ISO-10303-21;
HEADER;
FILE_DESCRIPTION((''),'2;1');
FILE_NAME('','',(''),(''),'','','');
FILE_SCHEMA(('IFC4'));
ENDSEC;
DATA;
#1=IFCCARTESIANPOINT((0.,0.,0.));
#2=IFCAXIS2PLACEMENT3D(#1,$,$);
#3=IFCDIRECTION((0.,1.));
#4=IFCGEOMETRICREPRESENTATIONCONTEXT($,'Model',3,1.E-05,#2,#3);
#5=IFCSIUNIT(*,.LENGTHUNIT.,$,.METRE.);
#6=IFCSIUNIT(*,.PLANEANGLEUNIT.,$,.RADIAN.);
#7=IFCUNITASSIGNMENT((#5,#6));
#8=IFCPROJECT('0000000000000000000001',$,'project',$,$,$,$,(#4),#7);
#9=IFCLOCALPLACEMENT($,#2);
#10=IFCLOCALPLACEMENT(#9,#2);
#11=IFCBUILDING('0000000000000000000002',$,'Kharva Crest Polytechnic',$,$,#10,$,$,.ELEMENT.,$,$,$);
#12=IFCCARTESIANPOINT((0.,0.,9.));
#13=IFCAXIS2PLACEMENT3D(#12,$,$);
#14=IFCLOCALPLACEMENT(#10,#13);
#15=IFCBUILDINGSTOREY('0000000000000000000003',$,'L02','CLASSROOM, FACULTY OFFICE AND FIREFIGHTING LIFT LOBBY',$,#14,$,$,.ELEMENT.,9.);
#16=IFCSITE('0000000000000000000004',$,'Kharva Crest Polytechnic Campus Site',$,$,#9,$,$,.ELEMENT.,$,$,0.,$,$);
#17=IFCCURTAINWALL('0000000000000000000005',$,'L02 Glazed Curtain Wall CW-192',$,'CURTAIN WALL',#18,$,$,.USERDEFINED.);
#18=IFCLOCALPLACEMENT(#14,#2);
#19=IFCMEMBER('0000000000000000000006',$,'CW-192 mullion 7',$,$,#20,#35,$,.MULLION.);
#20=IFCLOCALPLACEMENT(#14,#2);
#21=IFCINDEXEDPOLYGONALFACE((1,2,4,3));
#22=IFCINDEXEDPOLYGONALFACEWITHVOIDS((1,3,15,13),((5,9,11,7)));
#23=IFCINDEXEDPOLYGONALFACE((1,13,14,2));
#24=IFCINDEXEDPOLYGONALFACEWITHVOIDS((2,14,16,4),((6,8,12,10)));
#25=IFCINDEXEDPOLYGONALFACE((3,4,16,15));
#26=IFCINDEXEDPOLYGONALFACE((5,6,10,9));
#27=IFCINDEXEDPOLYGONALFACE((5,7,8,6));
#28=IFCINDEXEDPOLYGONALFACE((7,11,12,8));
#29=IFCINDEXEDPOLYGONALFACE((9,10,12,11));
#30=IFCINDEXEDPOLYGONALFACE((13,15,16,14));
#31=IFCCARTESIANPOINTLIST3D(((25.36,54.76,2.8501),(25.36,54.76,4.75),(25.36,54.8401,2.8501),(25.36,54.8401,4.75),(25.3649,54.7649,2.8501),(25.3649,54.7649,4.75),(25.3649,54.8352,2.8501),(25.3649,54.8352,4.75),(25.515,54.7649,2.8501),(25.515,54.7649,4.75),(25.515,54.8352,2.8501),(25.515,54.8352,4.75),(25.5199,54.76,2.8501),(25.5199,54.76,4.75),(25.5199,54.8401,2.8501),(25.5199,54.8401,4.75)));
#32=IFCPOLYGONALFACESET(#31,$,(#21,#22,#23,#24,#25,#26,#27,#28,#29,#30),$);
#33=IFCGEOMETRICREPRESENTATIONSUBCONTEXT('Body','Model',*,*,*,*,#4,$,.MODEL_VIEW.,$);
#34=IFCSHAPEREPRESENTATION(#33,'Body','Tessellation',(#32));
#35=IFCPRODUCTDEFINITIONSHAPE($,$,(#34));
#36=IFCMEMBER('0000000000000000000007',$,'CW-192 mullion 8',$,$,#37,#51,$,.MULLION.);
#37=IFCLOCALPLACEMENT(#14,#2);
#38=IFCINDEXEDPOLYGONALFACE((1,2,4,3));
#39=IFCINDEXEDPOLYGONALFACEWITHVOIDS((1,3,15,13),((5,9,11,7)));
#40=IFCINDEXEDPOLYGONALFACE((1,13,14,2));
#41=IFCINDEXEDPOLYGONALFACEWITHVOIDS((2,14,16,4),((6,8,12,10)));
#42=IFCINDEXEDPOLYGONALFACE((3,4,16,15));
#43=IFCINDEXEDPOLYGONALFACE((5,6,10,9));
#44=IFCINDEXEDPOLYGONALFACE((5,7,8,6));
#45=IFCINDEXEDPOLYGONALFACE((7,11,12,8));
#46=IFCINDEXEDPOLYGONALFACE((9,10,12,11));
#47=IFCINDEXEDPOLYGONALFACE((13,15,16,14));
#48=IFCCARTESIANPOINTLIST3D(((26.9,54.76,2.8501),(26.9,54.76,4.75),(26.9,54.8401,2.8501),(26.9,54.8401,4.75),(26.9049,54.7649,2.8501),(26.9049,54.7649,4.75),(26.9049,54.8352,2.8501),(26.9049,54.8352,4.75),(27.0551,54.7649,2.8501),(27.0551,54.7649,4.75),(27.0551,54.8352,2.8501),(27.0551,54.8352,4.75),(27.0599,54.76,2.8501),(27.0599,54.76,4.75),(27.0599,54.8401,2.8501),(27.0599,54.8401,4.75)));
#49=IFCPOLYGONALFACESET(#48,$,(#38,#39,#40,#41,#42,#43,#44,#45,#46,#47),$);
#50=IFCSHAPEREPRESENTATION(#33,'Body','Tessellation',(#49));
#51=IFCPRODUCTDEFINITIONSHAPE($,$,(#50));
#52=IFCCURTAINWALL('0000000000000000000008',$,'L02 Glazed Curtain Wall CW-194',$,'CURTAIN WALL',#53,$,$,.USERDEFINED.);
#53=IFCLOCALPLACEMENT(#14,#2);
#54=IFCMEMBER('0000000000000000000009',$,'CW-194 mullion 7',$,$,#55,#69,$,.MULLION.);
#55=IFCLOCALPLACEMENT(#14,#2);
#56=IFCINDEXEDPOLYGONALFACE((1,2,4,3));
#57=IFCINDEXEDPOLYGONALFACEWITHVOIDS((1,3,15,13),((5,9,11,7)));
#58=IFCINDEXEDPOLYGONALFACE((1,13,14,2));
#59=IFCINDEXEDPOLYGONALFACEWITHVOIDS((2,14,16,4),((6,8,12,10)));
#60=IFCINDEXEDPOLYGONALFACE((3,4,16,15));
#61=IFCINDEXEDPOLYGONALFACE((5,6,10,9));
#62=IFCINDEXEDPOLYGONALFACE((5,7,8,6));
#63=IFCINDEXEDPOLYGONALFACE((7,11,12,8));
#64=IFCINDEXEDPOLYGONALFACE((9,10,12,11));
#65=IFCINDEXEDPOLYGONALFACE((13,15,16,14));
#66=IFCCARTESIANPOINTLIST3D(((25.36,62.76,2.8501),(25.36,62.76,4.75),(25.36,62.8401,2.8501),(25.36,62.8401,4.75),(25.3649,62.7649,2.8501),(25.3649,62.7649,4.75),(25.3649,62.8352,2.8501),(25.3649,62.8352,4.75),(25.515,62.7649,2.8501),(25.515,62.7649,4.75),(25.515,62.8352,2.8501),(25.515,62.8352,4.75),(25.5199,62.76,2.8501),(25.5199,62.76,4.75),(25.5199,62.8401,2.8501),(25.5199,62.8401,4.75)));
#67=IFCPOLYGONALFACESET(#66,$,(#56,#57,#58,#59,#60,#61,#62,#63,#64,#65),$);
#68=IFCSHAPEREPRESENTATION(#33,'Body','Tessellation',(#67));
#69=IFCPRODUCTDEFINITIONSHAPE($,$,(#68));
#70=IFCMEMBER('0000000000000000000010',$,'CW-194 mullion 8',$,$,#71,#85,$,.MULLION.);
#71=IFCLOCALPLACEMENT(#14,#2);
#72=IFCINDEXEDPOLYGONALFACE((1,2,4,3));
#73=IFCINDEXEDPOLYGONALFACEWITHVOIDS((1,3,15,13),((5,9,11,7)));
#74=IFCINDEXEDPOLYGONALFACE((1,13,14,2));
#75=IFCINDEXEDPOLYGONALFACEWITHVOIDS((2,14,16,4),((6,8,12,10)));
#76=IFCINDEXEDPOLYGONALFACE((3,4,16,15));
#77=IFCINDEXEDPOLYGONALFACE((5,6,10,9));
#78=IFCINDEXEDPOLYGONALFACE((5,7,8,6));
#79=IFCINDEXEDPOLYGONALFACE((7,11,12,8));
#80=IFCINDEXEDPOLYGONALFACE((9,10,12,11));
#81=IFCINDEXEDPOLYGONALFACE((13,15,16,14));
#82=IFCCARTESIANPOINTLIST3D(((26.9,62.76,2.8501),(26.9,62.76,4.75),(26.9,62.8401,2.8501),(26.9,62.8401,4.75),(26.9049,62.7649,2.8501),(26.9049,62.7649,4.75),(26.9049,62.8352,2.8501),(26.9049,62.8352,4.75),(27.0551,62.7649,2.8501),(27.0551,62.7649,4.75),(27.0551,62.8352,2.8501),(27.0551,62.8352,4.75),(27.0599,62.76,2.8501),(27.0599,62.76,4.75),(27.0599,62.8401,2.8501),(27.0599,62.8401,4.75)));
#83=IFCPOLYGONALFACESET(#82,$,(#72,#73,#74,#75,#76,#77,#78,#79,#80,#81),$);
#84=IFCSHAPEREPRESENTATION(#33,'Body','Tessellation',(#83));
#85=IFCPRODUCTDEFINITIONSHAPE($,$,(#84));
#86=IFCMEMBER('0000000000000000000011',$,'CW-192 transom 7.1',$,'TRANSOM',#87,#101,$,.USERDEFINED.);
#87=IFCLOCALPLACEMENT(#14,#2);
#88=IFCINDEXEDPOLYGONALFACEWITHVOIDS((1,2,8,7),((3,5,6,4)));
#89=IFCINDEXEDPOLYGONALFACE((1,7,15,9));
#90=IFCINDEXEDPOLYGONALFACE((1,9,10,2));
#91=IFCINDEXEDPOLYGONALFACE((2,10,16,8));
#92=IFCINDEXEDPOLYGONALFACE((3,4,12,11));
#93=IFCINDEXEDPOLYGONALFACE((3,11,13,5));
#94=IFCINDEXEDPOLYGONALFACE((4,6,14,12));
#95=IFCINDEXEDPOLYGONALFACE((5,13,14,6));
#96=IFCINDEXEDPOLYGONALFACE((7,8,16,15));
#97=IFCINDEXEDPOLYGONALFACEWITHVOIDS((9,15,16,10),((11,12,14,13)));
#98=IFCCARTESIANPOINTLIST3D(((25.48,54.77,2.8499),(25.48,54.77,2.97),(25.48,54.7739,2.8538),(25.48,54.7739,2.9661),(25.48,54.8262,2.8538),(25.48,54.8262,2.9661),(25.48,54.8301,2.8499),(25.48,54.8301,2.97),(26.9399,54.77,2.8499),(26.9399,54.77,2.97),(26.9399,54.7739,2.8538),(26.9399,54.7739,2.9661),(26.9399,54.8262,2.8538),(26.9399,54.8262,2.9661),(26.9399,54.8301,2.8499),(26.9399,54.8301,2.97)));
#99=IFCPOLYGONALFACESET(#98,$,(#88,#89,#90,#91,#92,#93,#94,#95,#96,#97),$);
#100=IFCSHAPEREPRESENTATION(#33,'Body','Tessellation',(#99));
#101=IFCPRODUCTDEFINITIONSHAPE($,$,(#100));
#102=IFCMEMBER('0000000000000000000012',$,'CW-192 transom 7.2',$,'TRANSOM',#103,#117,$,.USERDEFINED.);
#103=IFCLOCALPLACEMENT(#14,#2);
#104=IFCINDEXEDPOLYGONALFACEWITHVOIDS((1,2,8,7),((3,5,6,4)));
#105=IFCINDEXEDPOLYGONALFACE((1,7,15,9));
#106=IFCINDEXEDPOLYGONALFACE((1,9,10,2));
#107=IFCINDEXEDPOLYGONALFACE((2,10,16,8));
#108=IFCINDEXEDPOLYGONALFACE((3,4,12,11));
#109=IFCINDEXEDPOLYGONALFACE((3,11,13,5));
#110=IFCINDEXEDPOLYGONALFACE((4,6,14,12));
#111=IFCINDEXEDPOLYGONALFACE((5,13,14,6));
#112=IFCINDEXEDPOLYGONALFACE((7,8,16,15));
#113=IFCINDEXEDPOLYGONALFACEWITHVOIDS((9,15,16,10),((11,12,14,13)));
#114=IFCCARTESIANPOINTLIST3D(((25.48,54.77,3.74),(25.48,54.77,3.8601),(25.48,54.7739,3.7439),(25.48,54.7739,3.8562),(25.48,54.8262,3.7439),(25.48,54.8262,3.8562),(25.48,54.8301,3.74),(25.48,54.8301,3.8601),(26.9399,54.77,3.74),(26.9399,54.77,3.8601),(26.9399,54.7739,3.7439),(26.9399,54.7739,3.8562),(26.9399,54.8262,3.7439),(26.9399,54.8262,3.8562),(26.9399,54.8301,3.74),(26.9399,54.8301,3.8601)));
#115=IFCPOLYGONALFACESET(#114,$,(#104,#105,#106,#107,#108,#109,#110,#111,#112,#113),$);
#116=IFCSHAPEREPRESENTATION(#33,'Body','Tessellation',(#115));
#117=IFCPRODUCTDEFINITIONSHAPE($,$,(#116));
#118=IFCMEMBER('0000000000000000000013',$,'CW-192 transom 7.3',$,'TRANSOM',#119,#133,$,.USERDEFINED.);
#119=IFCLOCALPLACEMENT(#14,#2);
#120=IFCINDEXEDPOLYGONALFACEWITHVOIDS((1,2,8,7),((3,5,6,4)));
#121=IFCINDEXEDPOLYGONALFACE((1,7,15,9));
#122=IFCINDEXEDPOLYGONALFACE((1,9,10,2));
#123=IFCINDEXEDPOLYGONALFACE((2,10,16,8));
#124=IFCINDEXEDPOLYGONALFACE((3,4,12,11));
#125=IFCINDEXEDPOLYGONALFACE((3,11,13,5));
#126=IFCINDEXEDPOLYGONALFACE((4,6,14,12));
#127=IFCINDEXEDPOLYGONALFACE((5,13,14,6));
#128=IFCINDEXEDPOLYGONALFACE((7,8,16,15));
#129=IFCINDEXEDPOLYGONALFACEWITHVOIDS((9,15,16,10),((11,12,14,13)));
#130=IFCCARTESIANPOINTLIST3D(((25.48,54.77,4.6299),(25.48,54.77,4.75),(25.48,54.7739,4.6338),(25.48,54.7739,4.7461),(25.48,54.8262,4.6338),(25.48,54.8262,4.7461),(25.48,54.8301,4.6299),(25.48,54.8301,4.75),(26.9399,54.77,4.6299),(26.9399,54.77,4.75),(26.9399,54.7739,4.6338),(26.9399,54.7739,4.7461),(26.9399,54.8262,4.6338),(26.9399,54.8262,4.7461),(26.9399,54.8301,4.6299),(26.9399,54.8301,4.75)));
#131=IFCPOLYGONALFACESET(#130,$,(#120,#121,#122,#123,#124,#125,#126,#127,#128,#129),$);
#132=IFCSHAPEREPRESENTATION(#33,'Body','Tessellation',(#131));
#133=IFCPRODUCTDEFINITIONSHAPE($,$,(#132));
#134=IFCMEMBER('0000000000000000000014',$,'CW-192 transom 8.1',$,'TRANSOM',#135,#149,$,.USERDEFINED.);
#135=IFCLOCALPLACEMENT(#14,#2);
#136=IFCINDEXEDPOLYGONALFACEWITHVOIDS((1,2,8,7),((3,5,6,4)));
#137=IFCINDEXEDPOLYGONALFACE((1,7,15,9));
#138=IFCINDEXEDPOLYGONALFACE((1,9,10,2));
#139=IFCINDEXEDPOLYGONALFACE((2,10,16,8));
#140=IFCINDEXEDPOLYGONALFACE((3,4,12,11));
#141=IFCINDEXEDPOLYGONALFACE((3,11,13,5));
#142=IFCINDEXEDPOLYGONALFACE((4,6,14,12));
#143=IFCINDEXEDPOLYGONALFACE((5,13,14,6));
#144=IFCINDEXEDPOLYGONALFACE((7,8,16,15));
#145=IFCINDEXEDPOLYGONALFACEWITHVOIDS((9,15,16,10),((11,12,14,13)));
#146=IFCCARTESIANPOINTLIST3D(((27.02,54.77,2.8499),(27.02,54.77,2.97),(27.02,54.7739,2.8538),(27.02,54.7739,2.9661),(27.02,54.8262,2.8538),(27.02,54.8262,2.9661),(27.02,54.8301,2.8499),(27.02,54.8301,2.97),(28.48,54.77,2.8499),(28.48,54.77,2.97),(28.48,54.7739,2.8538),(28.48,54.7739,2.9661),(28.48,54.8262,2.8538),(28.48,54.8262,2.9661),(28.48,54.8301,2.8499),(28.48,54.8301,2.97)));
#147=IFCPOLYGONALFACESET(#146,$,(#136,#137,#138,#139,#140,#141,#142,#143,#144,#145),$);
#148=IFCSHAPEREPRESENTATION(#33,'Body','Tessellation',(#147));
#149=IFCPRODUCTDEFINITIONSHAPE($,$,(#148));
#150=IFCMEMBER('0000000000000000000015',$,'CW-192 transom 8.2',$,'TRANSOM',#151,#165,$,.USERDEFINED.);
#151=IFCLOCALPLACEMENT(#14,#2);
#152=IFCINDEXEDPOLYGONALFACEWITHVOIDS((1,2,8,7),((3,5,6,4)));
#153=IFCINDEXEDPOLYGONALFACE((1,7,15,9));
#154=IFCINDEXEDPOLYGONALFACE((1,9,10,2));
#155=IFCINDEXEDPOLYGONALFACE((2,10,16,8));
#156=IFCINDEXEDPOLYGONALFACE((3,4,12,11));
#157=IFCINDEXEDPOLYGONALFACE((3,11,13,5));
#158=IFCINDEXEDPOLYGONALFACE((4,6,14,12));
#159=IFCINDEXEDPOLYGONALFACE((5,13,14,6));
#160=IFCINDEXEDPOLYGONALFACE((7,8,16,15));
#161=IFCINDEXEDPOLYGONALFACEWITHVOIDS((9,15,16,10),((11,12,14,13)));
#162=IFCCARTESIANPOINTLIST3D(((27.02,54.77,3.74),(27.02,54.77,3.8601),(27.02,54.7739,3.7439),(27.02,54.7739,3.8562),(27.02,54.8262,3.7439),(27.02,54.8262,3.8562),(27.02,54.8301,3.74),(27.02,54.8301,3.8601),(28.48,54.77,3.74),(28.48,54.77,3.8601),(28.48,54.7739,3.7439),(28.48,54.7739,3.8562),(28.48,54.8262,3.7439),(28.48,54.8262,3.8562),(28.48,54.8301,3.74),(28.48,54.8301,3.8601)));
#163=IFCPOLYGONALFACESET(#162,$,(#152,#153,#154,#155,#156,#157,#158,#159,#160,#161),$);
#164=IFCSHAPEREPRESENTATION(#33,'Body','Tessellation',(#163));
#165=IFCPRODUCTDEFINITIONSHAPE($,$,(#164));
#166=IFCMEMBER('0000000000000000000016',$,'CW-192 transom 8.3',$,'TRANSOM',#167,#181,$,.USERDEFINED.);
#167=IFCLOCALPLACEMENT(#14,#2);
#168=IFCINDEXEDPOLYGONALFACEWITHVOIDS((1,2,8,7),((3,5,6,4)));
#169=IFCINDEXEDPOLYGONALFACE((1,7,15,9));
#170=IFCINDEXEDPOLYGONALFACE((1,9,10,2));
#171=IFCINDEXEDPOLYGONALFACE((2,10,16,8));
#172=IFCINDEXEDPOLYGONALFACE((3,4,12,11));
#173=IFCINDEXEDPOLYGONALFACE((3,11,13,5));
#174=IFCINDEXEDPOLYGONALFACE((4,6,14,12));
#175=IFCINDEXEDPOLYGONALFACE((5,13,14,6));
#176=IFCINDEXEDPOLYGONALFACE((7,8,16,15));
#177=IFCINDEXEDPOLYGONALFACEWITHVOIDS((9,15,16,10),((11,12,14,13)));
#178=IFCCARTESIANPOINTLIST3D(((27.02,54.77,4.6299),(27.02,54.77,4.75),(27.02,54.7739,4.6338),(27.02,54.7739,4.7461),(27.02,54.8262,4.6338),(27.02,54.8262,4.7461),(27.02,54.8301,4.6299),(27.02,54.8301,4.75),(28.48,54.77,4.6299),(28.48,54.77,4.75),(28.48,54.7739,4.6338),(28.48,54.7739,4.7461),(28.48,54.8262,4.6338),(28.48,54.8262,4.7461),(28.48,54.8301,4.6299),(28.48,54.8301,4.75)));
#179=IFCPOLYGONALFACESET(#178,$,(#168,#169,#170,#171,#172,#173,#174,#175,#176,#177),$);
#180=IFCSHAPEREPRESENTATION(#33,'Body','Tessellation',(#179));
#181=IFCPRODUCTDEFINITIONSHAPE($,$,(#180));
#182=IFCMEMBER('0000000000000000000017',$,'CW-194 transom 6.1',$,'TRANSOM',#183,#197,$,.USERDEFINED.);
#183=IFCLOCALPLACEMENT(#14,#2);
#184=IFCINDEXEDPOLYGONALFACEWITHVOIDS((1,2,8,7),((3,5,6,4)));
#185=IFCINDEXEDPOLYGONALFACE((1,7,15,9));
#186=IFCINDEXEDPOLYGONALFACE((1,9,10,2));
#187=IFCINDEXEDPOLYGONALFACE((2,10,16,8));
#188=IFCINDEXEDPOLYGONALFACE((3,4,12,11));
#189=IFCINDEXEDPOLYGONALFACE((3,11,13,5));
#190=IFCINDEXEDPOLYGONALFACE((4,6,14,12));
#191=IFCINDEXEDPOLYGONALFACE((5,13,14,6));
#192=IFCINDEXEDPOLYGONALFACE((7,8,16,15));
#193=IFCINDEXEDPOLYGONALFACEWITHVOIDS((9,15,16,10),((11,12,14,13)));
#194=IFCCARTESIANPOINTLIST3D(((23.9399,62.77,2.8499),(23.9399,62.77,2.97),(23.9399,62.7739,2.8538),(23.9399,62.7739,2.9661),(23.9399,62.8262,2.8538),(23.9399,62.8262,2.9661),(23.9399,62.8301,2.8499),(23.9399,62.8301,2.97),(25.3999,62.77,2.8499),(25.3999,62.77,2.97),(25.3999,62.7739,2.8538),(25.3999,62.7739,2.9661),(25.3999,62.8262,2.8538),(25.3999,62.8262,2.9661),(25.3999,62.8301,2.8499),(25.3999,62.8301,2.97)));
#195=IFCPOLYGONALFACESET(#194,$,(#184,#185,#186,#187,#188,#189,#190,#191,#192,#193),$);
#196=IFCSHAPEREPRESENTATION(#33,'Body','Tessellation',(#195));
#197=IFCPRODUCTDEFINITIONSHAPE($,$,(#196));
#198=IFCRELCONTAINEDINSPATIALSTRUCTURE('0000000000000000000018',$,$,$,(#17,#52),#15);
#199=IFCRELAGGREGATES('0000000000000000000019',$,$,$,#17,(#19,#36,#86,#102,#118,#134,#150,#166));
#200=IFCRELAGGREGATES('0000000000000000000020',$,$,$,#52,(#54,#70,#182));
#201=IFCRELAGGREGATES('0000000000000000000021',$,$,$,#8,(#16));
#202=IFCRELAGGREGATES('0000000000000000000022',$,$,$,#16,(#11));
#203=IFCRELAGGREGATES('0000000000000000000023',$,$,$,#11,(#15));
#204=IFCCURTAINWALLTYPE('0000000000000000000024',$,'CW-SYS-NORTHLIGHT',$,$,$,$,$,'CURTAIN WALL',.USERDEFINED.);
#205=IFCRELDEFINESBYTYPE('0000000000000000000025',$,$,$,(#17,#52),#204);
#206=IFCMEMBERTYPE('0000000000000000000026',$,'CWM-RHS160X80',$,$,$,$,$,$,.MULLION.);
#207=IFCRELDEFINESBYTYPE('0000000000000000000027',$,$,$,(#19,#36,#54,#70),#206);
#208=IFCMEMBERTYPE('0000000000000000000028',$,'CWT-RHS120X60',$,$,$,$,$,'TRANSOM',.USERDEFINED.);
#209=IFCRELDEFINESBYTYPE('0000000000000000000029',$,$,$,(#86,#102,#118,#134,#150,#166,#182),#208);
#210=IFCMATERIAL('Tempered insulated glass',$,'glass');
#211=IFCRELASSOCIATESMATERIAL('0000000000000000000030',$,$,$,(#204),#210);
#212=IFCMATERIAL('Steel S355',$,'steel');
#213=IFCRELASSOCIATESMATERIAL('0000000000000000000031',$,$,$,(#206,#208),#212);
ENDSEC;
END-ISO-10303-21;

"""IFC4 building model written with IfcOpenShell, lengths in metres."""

from ifc_helpers import new_model, si_unit, direction, frame, origin, origin_2d, place, context, subcontext, project, spatial, hollow_rectangle, extrude, material, material_profile, profile_set, type_object, element, aggregate, save


model = new_model("IFC4")

# Units and contexts
model_context = context("Model", 3, precision=1e-05, world=origin(), true_north=direction((0.0, 1.0)))
body_context = subcontext(model_context, "Body", "Model", "MODEL_VIEW")
ifc_project = project(units=[si_unit("LENGTHUNIT", "METRE"), si_unit("PLANEANGLEUNIT", "RADIAN")], contexts=[model_context])

# Site, building, storey
site_placement = place(None, origin())
site = spatial("IfcSite", under=ifc_project, at=site_placement, Name="Kharva Crest Polytechnic Campus Site", CompositionType="ELEMENT", RefElevation=0.0)
building_placement = place(site_placement, origin())
building = spatial("IfcBuilding", under=site, at=building_placement, Name="Kharva Crest Polytechnic", CompositionType="ELEMENT")
storey_placement = place(building_placement, frame((0.0, 0.0, 9.0)))
storey = spatial("IfcBuildingStorey", under=building, at=storey_placement, Name="L02", Description="CLASSROOM, FACULTY OFFICE AND FIREFIGHTING LIFT LOBBY", CompositionType="ELEMENT", Elevation=9.0)

# Curtain walls, members
ifc_material_1 = material(Name="Tempered insulated glass", Category="glass")
curtain_wall_type = type_object("IfcCurtainWallType", Name="CW-SYS-NORTHLIGHT", ElementType="CURTAIN WALL", PredefinedType="USERDEFINED", material=ifc_material_1)
curtain_wall_1_placement = place(storey_placement, origin())
curtain_wall_1 = element("IfcCurtainWall", 1, at=curtain_wall_1_placement, inside=storey, type_object=curtain_wall_type, Name="L02 Glazed Curtain Wall CW-192", ObjectType="CURTAIN WALL", PredefinedType="USERDEFINED")
ifc_material_2 = material(Name="Steel S355", Category="steel")
ifc_material_profile_1 = material_profile(ifc_material_2, hollow_rectangle(XDim=0.0801, YDim=0.1599, WallThickness=0.0049, at=origin_2d()), Name="RHS 160X80X5.0")
ifc_profile_set_1 = profile_set([ifc_material_profile_1], Name="Steel S355")
member_type_1 = type_object("IfcMemberType", Name="CWM-RHS160X80", PredefinedType="MULLION", material=ifc_profile_set_1)
member_1_placement = place(storey_placement, frame((25.4399, 54.8, 2.8501), z_axis=(0.0, 0.0, 1.0), x_axis=(0.0, 1.0, 0.0)))
member_1 = element("IfcMember", 2, at=member_1_placement, type_object=member_type_1, Name="CW-192 mullion 7", PredefinedType="MULLION", context=body_context, shape_type="SweptSolid", body=[
    extrude(hollow_rectangle(XDim=0.0801, YDim=0.1599, WallThickness=0.0049, at=origin_2d()), origin(), (0.0, 0.0, 1.0), 1.8999),
])
member_2_placement = place(storey_placement, frame((26.98, 54.8, 2.8501), z_axis=(0.0, 0.0, 1.0), x_axis=(0.0, 1.0, 0.0)))
member_2 = element("IfcMember", 3, at=member_2_placement, type_object=member_type_1, Name="CW-192 mullion 8", PredefinedType="MULLION", context=body_context, shape_type="SweptSolid", body=[
    extrude(hollow_rectangle(XDim=0.0801, YDim=0.1599, WallThickness=0.0049, at=origin_2d()), origin(), (0.0, 0.0, 1.0), 1.8999),
])
curtain_wall_2_placement = place(storey_placement, origin())
curtain_wall_2 = element("IfcCurtainWall", 4, at=curtain_wall_2_placement, inside=storey, type_object=curtain_wall_type, Name="L02 Glazed Curtain Wall CW-194", ObjectType="CURTAIN WALL", PredefinedType="USERDEFINED")
member_3_placement = place(storey_placement, frame((25.4399, 62.8, 2.8501), z_axis=(0.0, 0.0, 1.0), x_axis=(0.0, 1.0, 0.0)))
member_3 = element("IfcMember", 5, at=member_3_placement, type_object=member_type_1, Name="CW-194 mullion 7", PredefinedType="MULLION", context=body_context, shape_type="SweptSolid", body=[
    extrude(hollow_rectangle(XDim=0.0801, YDim=0.1599, WallThickness=0.0049, at=origin_2d()), origin(), (0.0, 0.0, 1.0), 1.8999),
])
member_4_placement = place(storey_placement, frame((26.98, 62.8, 2.8501), z_axis=(0.0, 0.0, 1.0), x_axis=(0.0, 1.0, 0.0)))
member_4 = element("IfcMember", 6, at=member_4_placement, type_object=member_type_1, Name="CW-194 mullion 8", PredefinedType="MULLION", context=body_context, shape_type="SweptSolid", body=[
    extrude(hollow_rectangle(XDim=0.0801, YDim=0.1599, WallThickness=0.0049, at=origin_2d()), origin(), (0.0, 0.0, 1.0), 1.8999),
])

# Members
ifc_material_profile_2 = material_profile(ifc_material_2, hollow_rectangle(XDim=0.0601, YDim=0.1201, WallThickness=0.0039, at=origin_2d()), Name="RHS 120X60X4.0")
ifc_profile_set_2 = profile_set([ifc_material_profile_2], Name="Steel S355")
member_type_2 = type_object("IfcMemberType", Name="CWT-RHS120X60", ElementType="TRANSOM", PredefinedType="USERDEFINED", material=ifc_profile_set_2)
member_5_placement = place(storey_placement, frame((25.48, 54.8, 2.9099), z_axis=(1.0, 0.0, 0.0), x_axis=(0.0, 1.0, 0.0)))
member_5 = element("IfcMember", 7, at=member_5_placement, type_object=member_type_2, Name="CW-192 transom 7.1", ObjectType="TRANSOM", PredefinedType="USERDEFINED", context=body_context, shape_type="SweptSolid", body=[
    extrude(hollow_rectangle(XDim=0.0601, YDim=0.1201, WallThickness=0.0039, at=origin_2d()), origin(), (0.0, 0.0, 1.0), 1.46),
])
member_6_placement = place(storey_placement, frame((25.48, 54.8, 3.8), z_axis=(1.0, 0.0, 0.0), x_axis=(0.0, 1.0, 0.0)))
member_6 = element("IfcMember", 8, at=member_6_placement, type_object=member_type_2, Name="CW-192 transom 7.2", ObjectType="TRANSOM", PredefinedType="USERDEFINED", context=body_context, shape_type="SweptSolid", body=[
    extrude(hollow_rectangle(XDim=0.0601, YDim=0.1201, WallThickness=0.0039, at=origin_2d()), origin(), (0.0, 0.0, 1.0), 1.46),
])
member_7_placement = place(storey_placement, frame((25.48, 54.8, 4.6899), z_axis=(1.0, 0.0, 0.0), x_axis=(0.0, 1.0, 0.0)))
member_7 = element("IfcMember", 9, at=member_7_placement, type_object=member_type_2, Name="CW-192 transom 7.3", ObjectType="TRANSOM", PredefinedType="USERDEFINED", context=body_context, shape_type="SweptSolid", body=[
    extrude(hollow_rectangle(XDim=0.0601, YDim=0.1201, WallThickness=0.0039, at=origin_2d()), origin(), (0.0, 0.0, 1.0), 1.46),
])
member_8_placement = place(storey_placement, frame((27.02, 54.8, 2.9099), z_axis=(1.0, 0.0, 0.0), x_axis=(0.0, 1.0, 0.0)))
member_8 = element("IfcMember", 10, at=member_8_placement, type_object=member_type_2, Name="CW-192 transom 8.1", ObjectType="TRANSOM", PredefinedType="USERDEFINED", context=body_context, shape_type="SweptSolid", body=[
    extrude(hollow_rectangle(XDim=0.0601, YDim=0.1201, WallThickness=0.0039, at=origin_2d()), origin(), (0.0, 0.0, 1.0), 1.46),
])
member_9_placement = place(storey_placement, frame((27.02, 54.8, 3.8), z_axis=(1.0, 0.0, 0.0), x_axis=(0.0, 1.0, 0.0)))
member_9 = element("IfcMember", 11, at=member_9_placement, type_object=member_type_2, Name="CW-192 transom 8.2", ObjectType="TRANSOM", PredefinedType="USERDEFINED", context=body_context, shape_type="SweptSolid", body=[
    extrude(hollow_rectangle(XDim=0.0601, YDim=0.1201, WallThickness=0.0039, at=origin_2d()), origin(), (0.0, 0.0, 1.0), 1.46),
])
member_10_placement = place(storey_placement, frame((27.02, 54.8, 4.6899), z_axis=(1.0, 0.0, 0.0), x_axis=(0.0, 1.0, 0.0)))
member_10 = element("IfcMember", 12, at=member_10_placement, type_object=member_type_2, Name="CW-192 transom 8.3", ObjectType="TRANSOM", PredefinedType="USERDEFINED", context=body_context, shape_type="SweptSolid", body=[
    extrude(hollow_rectangle(XDim=0.0601, YDim=0.1201, WallThickness=0.0039, at=origin_2d()), origin(), (0.0, 0.0, 1.0), 1.46),
])
member_11_placement = place(storey_placement, frame((23.9399, 62.8, 2.9099), z_axis=(1.0, 0.0, 0.0), x_axis=(0.0, 1.0, 0.0)))
member_11 = element("IfcMember", 13, at=member_11_placement, type_object=member_type_2, Name="CW-194 transom 6.1", ObjectType="TRANSOM", PredefinedType="USERDEFINED", context=body_context, shape_type="SweptSolid", body=[
    extrude(hollow_rectangle(XDim=0.0601, YDim=0.1201, WallThickness=0.0039, at=origin_2d()), origin(), (0.0, 0.0, 1.0), 1.46),
])

aggregate(curtain_wall_1, [member_1, member_2, member_5, member_6, member_7, member_8, member_9, member_10])
aggregate(curtain_wall_2, [member_3, member_4, member_11])

save(model, "model.ifc")
